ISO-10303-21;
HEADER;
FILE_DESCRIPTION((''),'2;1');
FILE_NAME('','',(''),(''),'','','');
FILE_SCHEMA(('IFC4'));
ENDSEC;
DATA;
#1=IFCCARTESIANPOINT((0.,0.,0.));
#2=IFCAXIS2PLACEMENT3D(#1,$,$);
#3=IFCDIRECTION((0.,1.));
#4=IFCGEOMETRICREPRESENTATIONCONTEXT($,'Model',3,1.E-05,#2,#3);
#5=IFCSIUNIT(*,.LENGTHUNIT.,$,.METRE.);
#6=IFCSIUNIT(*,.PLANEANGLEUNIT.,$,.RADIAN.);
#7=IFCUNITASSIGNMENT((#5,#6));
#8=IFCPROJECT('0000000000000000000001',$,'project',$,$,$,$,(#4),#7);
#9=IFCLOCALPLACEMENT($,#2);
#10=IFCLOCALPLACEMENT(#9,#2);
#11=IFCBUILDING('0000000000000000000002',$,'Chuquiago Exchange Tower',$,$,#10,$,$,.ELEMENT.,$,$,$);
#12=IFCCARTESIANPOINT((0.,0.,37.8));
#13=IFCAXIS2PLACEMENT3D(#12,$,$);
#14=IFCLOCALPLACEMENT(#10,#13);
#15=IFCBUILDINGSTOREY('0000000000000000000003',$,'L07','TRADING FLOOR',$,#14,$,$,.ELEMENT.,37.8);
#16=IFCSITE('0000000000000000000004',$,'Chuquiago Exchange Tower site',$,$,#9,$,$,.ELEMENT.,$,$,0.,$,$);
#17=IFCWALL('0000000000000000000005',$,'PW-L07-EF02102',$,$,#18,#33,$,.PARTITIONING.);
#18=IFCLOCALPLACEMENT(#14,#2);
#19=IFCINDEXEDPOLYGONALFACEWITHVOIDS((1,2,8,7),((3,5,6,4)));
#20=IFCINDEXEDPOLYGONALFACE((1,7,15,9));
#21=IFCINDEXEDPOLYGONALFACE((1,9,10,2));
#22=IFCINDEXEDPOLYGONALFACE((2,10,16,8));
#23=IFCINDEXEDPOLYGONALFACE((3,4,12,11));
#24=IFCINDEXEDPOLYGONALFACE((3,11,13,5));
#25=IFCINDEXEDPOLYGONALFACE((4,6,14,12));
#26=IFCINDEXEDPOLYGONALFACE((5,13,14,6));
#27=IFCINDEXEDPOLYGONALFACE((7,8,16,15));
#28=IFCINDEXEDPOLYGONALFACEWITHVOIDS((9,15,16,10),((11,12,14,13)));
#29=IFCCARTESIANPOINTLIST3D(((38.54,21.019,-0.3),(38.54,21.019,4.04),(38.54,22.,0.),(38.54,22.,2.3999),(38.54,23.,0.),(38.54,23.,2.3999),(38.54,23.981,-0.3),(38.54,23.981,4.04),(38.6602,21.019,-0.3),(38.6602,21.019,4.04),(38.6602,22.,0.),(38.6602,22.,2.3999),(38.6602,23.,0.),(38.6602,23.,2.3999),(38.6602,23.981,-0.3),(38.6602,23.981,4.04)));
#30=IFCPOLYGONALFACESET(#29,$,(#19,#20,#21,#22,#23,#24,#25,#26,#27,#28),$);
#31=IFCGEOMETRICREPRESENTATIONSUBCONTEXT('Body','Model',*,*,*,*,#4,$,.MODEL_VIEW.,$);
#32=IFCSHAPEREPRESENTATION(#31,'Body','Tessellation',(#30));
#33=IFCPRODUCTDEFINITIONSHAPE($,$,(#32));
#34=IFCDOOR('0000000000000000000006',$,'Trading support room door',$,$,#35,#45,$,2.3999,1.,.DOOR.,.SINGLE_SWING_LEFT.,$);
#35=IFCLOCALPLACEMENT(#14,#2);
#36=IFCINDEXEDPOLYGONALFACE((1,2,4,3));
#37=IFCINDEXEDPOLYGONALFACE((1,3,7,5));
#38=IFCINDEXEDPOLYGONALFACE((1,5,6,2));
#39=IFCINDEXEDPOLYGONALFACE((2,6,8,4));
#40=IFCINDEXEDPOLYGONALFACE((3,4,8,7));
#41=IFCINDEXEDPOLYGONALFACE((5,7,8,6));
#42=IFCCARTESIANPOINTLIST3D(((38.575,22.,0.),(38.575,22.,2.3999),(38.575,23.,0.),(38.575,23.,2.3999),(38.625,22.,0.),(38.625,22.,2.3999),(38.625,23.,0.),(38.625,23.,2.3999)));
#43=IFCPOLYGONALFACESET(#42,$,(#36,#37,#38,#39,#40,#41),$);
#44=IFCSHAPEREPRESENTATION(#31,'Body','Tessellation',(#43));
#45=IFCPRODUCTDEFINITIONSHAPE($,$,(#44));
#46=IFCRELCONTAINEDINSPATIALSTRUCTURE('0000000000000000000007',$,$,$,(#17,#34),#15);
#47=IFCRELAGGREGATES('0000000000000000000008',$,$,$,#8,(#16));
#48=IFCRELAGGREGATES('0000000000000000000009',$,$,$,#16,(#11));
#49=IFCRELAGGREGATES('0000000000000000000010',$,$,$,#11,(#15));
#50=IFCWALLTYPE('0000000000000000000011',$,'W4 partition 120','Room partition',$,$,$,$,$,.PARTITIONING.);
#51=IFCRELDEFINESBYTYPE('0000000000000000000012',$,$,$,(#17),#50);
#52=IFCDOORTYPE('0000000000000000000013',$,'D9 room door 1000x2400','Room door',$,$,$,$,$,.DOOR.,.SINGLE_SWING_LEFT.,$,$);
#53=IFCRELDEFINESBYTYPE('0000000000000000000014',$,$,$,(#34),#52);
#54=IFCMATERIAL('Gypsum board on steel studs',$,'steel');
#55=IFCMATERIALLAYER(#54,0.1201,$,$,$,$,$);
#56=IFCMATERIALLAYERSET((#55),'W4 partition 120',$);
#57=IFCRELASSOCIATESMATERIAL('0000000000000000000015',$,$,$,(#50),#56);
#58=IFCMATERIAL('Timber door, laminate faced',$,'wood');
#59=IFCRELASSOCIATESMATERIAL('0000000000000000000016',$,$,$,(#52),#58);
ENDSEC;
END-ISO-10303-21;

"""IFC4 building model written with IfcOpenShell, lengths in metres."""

from ifc_helpers import new_model, si_unit, direction, frame, frame_2d, origin, place, context, subcontext, project, spatial, rectangle, extrude, material, layer, layer_set, type_object, element, fill, save


model = new_model("IFC4")

# Units and contexts
model_context = context("Model", 3, precision=1e-05, world=origin(), true_north=direction((0.0, 1.0)))
body_context = subcontext(model_context, "Body", "Model", "MODEL_VIEW")
ifc_project = project(units=[si_unit("LENGTHUNIT", "METRE"), si_unit("PLANEANGLEUNIT", "RADIAN")], contexts=[model_context])

# Site, building, storey
site_placement = place(None, origin())
site = spatial("IfcSite", under=ifc_project, at=site_placement, Name="Chuquiago Exchange Tower site", CompositionType="ELEMENT", RefElevation=0.0)
building_placement = place(site_placement, origin())
building = spatial("IfcBuilding", under=site, at=building_placement, Name="Chuquiago Exchange Tower", CompositionType="ELEMENT")
storey_placement = place(building_placement, frame((0.0, 0.0, 37.8)))
storey = spatial("IfcBuildingStorey", under=building, at=storey_placement, Name="L07", Description="TRADING FLOOR", CompositionType="ELEMENT", Elevation=37.8)

# Shared definitions
ifc_material_1 = material(Name="Gypsum board on steel studs", Category="steel")
ifc_layer_1 = layer(ifc_material_1, 0.1201)
ifc_layer_set_1 = layer_set([ifc_layer_1], Name="W4 partition 120")
wall_type_1 = type_object("IfcWallType", Name="W4 partition 120", Description="Room partition", PredefinedType="PARTITIONING", material=ifc_layer_set_1)

# Wall, opening, door
ifc_material_2 = material(Name="Timber door, laminate faced", Category="wood")
door_type = type_object("IfcDoorType", Name="D9 room door 1000x2400", Description="Room door", OperationType="SINGLE_SWING_LEFT", PredefinedType="DOOR", material=ifc_material_2)
wall_1_placement = place(storey_placement, frame((38.6001, 21.019, -0.3), z_axis=(0.0, 0.0, 1.0), x_axis=(0.0, 1.0, 0.0)))
wall_1 = element("IfcWall", 1, at=wall_1_placement, inside=storey, type_object=wall_type_1, Name="PW-L07-EF02102", PredefinedType="PARTITIONING", context=body_context, shape_type="SweptSolid", body=[
    extrude(rectangle(XDim=2.9619, YDim=0.1201, at=frame_2d((1.481, 0.0))), origin(), (0.0, 0.0, 1.0), 4.3401),
])
opening_1_placement = place(wall_1_placement, frame((0.981, 0.0, 0.3)))
opening_1 = element("IfcOpeningElement", 2, at=opening_1_placement, cuts=wall_1, PredefinedType="OPENING", context=body_context, shape_type="SweptSolid", body=[
    extrude(rectangle(XDim=1.0, YDim=2.3999, at=frame_2d((0.5, 1.2))), frame((0.0, 0.0701, 0.0), z_axis=(0.0, -1.0, 0.0), x_axis=(1.0, 0.0, 0.0)), (0.0, 0.0, 1.0), 0.1401),
])
door_1_placement = place(opening_1_placement, frame((1.0, 0.0, 0.0), z_axis=(0.0, 0.0, 1.0), x_axis=(-1.0, 0.0, 0.0)))
door_1 = element("IfcDoor", 3, at=door_1_placement, inside=storey, type_object=door_type, Name="Trading support room door", OperationType="SINGLE_SWING_LEFT", OverallHeight=2.3999, OverallWidth=1.0, PredefinedType="DOOR", context=body_context, shape_type="SweptSolid", body=[
    extrude(rectangle(XDim=1.0, YDim=2.3999, at=frame_2d((0.5, 1.2))), frame((0.0, 0.0249, 0.0), z_axis=(0.0, -1.0, 0.0), x_axis=(1.0, 0.0, 0.0)), (0.0, 0.0, 1.0), 0.05),
])
fill(opening_1, door_1)

save(model, "model.ifc")
